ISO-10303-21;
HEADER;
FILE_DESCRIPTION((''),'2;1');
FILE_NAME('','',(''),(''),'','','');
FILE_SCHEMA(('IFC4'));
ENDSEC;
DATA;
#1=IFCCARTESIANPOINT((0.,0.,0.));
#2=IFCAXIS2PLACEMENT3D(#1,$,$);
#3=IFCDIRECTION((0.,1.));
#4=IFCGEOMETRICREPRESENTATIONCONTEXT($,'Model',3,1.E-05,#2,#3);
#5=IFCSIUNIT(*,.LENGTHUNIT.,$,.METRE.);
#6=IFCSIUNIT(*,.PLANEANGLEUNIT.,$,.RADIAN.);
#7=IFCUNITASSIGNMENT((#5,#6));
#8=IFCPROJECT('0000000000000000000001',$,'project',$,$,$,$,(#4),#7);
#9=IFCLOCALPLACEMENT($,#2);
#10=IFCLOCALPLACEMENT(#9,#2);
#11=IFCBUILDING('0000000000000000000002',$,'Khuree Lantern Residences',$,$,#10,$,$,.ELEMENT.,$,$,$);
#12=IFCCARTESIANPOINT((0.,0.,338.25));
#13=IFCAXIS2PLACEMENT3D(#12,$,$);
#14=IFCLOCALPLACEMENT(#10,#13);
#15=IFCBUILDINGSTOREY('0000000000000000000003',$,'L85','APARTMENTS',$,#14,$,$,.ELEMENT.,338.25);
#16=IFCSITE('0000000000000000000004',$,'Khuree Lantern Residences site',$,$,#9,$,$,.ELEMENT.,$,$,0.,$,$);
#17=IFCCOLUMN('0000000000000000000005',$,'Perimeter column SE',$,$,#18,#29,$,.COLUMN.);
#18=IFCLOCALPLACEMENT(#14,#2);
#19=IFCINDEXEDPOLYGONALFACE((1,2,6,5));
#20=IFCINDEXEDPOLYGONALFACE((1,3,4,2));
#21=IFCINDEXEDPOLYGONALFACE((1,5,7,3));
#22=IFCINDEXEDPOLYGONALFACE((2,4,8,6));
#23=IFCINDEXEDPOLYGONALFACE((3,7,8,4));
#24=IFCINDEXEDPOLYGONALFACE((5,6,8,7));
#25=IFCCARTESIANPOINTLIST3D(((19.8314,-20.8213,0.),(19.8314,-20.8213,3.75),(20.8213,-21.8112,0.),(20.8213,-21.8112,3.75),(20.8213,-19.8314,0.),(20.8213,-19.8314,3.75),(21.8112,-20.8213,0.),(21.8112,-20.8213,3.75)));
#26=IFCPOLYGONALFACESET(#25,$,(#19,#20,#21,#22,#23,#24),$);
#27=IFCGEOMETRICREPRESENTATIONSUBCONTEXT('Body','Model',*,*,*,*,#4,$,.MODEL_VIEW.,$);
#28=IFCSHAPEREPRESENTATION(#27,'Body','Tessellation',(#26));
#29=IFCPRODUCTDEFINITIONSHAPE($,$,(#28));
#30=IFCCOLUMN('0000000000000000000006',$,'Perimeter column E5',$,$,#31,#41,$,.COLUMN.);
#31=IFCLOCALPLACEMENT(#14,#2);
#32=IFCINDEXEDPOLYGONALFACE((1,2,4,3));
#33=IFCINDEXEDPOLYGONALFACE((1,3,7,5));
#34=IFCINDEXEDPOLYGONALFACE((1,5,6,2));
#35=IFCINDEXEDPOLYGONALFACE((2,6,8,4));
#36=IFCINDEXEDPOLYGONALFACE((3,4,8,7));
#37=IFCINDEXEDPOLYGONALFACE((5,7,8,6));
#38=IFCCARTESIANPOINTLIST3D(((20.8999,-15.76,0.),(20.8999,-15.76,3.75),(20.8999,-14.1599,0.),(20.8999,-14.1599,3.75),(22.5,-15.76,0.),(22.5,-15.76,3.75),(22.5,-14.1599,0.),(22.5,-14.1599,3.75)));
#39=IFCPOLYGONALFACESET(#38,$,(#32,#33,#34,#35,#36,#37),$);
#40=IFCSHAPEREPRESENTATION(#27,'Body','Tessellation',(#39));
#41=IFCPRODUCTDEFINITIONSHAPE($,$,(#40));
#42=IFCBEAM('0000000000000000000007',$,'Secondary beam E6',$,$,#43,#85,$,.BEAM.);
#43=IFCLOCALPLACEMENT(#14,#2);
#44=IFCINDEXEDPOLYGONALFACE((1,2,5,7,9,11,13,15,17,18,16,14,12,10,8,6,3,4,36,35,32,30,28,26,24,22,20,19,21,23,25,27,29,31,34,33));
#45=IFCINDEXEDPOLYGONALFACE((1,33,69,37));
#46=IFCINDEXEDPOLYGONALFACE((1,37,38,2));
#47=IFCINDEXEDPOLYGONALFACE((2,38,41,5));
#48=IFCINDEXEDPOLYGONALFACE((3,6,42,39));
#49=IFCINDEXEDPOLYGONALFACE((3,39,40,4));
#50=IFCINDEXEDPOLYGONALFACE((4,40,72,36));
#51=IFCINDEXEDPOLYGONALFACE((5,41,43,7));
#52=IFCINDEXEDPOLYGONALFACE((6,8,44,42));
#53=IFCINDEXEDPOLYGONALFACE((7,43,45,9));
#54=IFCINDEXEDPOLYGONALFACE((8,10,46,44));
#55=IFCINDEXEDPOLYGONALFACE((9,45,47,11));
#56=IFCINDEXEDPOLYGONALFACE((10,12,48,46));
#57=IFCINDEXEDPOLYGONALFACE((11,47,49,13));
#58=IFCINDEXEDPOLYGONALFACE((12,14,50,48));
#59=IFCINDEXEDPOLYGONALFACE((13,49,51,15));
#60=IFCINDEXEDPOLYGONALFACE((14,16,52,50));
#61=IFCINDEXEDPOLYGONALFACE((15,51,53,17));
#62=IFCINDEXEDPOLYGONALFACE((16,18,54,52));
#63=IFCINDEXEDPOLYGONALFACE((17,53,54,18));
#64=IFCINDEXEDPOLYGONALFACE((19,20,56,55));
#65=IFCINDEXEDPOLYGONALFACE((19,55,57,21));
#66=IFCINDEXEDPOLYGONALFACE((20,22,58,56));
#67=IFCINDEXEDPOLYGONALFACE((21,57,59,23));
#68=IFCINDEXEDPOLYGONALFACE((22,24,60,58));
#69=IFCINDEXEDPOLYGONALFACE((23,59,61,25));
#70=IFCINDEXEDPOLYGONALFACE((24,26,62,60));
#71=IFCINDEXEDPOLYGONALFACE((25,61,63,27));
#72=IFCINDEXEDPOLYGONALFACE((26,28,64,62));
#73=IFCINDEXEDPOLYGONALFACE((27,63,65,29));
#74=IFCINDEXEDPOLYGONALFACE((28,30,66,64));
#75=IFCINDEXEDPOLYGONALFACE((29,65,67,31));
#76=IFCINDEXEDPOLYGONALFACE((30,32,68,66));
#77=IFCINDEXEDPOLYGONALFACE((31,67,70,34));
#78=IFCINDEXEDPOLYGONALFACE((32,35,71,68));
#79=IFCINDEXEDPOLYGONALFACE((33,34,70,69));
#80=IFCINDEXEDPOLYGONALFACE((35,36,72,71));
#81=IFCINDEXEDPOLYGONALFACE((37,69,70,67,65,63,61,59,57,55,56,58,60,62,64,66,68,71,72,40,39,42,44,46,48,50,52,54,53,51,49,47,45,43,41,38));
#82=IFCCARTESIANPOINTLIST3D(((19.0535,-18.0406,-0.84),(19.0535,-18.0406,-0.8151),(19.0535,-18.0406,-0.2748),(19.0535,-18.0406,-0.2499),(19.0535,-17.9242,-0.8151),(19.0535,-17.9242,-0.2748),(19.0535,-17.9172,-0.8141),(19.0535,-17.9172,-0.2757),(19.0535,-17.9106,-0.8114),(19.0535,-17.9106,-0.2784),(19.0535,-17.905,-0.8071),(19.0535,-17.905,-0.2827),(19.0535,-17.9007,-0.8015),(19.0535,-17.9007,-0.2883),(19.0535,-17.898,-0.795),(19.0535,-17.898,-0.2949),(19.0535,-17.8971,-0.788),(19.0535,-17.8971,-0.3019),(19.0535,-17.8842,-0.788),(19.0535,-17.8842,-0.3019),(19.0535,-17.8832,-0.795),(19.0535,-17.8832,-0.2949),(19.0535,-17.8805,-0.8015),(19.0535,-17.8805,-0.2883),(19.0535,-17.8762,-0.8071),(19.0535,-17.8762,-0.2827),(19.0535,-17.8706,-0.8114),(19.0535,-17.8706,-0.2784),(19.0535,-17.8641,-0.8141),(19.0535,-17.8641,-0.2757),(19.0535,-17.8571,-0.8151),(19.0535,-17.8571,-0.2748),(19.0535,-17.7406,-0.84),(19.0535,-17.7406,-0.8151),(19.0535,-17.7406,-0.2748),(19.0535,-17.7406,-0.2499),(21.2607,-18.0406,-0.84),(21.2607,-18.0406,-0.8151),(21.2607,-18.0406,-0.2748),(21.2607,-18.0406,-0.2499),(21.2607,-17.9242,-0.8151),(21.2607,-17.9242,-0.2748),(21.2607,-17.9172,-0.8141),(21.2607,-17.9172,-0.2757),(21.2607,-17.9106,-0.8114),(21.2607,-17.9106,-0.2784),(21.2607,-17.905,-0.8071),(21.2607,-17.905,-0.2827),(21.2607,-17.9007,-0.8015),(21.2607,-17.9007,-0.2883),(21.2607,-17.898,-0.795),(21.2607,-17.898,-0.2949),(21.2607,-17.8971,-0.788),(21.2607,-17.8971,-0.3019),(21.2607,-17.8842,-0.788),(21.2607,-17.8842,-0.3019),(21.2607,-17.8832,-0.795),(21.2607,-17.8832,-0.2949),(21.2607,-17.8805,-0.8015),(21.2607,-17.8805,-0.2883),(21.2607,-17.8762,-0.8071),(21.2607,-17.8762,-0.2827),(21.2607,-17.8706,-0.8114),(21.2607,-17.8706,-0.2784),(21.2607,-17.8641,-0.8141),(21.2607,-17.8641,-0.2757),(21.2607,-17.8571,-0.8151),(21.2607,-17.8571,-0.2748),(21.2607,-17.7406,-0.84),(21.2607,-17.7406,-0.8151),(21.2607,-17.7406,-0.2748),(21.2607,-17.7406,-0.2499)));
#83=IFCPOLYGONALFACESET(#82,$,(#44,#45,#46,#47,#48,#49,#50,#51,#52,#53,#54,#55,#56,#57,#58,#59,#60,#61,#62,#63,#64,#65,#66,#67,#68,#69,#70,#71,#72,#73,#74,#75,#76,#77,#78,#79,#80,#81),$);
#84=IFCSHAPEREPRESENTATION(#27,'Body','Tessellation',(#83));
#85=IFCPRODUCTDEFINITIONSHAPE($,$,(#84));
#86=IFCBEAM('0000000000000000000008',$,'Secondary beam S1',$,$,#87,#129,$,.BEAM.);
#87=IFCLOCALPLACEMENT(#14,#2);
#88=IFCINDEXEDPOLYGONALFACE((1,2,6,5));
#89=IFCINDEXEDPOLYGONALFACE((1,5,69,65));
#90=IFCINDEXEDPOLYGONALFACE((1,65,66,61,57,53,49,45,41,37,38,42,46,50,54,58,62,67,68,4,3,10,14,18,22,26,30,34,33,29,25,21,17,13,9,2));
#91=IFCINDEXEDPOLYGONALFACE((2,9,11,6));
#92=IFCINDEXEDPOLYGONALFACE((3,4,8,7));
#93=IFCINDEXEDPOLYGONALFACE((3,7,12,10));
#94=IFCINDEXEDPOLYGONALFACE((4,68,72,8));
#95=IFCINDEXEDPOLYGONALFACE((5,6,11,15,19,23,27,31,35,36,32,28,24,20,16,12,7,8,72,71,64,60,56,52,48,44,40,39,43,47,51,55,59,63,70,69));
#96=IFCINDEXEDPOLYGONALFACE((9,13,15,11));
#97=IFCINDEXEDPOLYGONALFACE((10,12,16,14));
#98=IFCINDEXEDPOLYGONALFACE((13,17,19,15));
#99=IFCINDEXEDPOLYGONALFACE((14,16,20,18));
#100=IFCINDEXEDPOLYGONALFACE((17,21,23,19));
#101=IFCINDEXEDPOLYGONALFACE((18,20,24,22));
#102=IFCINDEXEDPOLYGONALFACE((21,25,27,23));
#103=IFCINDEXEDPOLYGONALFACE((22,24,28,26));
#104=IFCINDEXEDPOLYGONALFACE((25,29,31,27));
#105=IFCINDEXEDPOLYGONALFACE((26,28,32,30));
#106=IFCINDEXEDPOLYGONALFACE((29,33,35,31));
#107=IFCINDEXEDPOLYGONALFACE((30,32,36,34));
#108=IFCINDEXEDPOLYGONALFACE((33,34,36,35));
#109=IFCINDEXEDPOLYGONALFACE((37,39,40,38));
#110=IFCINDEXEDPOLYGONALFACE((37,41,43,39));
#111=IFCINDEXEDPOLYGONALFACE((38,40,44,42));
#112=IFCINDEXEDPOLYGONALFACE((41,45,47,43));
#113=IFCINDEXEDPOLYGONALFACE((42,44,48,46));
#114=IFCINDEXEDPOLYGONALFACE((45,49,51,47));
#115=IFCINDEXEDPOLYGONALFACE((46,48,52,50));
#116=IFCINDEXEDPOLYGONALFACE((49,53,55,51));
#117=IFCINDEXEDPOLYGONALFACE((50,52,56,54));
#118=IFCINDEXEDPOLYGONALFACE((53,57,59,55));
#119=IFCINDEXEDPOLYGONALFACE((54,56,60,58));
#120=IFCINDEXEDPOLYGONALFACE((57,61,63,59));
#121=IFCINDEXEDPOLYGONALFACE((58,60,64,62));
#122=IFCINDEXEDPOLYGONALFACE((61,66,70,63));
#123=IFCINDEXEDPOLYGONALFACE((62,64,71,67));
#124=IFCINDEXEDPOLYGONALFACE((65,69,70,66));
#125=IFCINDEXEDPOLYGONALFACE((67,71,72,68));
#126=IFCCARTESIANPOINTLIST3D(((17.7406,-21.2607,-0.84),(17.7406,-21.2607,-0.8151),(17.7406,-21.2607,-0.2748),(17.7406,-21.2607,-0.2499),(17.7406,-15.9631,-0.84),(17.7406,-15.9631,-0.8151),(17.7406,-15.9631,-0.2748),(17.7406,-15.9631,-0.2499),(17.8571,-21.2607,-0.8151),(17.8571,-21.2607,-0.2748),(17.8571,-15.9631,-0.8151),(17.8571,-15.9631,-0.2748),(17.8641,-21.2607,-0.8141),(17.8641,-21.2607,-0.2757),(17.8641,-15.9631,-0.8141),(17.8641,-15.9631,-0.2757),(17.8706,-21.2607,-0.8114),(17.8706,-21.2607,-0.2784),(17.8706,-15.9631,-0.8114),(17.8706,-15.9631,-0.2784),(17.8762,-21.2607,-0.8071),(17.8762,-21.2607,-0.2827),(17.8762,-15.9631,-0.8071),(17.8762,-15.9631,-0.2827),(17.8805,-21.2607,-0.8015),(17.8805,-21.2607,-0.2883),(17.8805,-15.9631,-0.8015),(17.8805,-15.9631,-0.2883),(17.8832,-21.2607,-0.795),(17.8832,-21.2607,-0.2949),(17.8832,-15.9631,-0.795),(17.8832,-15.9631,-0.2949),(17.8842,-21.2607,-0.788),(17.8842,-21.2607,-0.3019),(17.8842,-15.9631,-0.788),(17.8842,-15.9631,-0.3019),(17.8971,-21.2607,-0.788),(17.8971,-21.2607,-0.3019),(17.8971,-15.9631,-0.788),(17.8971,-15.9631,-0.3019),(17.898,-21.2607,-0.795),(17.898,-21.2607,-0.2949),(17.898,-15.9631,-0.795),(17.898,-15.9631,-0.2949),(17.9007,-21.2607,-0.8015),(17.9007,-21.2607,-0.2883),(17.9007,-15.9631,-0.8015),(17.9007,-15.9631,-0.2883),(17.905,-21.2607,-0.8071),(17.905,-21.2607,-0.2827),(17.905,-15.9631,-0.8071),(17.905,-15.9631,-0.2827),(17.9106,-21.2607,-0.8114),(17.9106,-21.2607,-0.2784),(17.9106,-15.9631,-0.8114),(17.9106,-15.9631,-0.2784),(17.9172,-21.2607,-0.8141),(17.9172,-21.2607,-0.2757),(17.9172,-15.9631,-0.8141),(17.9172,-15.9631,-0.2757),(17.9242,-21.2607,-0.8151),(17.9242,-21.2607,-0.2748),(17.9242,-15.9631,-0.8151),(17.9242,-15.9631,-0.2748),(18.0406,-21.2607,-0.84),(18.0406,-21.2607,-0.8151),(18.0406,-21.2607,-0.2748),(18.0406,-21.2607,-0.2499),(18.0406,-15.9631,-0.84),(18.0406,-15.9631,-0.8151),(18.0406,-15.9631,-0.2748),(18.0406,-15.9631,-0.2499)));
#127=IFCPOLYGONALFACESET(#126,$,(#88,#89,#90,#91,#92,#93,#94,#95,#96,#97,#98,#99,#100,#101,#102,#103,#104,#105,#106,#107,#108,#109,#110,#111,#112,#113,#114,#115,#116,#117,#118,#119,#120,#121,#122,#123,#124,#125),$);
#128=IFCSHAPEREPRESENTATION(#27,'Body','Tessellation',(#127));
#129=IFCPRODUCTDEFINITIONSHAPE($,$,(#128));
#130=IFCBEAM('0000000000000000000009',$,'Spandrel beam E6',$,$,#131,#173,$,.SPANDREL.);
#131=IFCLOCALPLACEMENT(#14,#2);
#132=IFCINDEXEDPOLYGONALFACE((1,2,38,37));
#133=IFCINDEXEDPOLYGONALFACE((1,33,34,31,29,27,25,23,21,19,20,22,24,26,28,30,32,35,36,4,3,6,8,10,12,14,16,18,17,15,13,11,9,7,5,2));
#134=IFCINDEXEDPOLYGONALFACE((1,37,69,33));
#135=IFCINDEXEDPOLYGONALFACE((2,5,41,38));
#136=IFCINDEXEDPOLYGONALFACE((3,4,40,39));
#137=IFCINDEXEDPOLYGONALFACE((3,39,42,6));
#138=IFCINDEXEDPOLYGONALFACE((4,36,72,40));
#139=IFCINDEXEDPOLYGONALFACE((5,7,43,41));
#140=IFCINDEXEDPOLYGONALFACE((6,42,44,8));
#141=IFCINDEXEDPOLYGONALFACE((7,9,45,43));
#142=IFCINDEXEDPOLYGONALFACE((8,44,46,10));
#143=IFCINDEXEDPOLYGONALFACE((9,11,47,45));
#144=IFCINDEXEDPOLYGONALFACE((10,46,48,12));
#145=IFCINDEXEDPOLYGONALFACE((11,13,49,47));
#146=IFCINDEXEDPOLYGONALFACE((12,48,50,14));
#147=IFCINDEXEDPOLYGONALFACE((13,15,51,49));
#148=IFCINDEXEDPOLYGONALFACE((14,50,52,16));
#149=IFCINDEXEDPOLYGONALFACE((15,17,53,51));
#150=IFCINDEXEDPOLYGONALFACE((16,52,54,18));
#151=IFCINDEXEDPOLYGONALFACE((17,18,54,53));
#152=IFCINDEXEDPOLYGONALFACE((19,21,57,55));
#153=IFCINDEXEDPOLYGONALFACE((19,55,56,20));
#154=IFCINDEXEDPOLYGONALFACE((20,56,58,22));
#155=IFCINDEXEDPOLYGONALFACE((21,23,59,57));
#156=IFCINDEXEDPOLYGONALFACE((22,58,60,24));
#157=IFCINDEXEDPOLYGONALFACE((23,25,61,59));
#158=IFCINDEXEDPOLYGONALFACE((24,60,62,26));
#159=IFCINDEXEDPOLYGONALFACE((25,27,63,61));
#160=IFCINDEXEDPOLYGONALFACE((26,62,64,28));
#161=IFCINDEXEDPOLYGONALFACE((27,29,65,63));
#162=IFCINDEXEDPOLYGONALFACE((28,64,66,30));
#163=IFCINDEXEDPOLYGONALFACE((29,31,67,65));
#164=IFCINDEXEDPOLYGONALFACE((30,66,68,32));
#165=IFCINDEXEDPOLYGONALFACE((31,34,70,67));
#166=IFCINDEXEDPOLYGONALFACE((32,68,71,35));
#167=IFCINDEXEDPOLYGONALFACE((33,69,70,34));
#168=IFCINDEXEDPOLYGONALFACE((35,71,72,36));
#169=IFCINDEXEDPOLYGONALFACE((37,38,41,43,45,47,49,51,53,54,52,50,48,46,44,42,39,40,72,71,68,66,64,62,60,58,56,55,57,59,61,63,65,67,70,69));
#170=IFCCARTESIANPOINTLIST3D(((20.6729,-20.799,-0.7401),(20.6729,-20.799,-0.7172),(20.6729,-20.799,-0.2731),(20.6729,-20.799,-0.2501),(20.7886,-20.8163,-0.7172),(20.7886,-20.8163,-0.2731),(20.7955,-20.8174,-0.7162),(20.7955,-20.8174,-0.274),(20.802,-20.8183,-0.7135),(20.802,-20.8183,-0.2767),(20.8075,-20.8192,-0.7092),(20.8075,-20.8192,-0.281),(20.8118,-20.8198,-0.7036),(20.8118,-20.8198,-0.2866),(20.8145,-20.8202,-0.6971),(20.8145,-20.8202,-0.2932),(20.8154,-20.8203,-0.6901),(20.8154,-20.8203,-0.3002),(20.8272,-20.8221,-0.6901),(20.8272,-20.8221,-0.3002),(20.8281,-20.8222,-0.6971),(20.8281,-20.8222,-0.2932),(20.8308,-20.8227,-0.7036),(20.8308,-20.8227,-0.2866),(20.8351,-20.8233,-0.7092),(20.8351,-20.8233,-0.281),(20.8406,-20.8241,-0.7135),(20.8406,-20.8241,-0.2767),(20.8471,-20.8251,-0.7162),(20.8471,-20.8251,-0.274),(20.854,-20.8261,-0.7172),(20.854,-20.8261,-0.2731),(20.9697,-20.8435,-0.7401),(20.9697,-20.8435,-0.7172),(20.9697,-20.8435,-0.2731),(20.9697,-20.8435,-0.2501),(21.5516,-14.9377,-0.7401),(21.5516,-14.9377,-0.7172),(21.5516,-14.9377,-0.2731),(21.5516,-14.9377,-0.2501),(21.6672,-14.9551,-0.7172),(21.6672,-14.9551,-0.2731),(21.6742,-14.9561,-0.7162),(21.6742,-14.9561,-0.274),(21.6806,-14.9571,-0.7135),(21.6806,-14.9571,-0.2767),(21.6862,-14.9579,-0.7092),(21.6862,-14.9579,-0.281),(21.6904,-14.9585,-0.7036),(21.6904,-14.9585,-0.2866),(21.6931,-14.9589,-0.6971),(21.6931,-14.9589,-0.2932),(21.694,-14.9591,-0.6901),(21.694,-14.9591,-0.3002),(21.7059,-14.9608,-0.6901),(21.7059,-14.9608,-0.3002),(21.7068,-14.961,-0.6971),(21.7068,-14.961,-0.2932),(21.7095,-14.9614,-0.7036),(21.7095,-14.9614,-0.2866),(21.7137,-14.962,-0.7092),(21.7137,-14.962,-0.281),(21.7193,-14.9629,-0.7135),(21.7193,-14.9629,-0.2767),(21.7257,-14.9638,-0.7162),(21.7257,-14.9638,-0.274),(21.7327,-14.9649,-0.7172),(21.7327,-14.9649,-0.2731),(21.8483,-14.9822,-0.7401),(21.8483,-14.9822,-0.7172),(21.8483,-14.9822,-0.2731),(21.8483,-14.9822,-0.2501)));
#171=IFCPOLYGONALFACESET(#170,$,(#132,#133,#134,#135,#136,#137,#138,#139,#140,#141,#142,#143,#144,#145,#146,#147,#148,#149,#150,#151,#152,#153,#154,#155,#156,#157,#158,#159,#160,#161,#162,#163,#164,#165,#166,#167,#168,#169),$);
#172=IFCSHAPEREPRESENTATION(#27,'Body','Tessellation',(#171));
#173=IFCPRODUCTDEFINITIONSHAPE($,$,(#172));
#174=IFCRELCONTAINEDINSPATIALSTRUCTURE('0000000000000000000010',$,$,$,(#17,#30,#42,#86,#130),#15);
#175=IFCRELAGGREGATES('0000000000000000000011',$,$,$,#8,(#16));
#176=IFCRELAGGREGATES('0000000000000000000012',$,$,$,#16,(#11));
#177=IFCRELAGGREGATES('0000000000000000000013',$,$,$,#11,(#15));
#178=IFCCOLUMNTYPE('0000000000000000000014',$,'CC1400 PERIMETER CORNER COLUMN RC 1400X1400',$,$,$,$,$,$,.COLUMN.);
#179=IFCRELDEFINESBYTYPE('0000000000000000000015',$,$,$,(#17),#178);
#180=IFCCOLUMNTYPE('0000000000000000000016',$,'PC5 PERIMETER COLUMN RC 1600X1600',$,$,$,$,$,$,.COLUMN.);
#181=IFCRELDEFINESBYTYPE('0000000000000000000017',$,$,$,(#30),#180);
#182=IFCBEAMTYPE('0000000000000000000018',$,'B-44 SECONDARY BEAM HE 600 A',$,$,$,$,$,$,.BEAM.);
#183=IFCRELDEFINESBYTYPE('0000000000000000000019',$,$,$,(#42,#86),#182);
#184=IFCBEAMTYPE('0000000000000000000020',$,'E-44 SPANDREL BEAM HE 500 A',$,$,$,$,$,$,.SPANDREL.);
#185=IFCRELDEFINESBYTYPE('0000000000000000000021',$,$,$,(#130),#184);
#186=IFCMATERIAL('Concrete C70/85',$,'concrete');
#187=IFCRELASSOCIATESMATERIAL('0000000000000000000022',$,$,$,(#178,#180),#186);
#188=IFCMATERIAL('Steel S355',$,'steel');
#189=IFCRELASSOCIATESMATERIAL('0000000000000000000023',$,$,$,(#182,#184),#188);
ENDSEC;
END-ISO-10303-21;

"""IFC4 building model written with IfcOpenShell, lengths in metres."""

from ifc_helpers import new_model, si_unit, direction, frame, origin, origin_2d, place, context, subcontext, project, spatial, rectangle, i_section, extrude, material, material_profile, profile_set, type_object, element, save


model = new_model("IFC4")

# Units and contexts
model_context = context("Model", 3, precision=1e-05, world=origin(), true_north=direction((0.0, 1.0)))
body_context = subcontext(model_context, "Body", "Model", "MODEL_VIEW")
ifc_project = project(units=[si_unit("LENGTHUNIT", "METRE"), si_unit("PLANEANGLEUNIT", "RADIAN")], contexts=[model_context])

# Site, building, storey
site_placement = place(None, origin())
site = spatial("IfcSite", under=ifc_project, at=site_placement, Name="Khuree Lantern Residences site", CompositionType="ELEMENT", RefElevation=0.0)
building_placement = place(site_placement, origin())
building = spatial("IfcBuilding", under=site, at=building_placement, Name="Khuree Lantern Residences", CompositionType="ELEMENT")
storey_placement = place(building_placement, frame((0.0, 0.0, 338.25)))
storey = spatial("IfcBuildingStorey", under=building, at=storey_placement, Name="L85", Description="APARTMENTS", CompositionType="ELEMENT", Elevation=338.25)

# Columns
ifc_material_1 = material(Name="Concrete C70/85", Category="concrete")
ifc_material_profile_1 = material_profile(ifc_material_1, rectangle(XDim=1.3999, YDim=1.3999, at=origin_2d()), Name="RC 1400X1400")
ifc_profile_set_1 = profile_set([ifc_material_profile_1], Name="Concrete C70/85")
column_type_1 = type_object("IfcColumnType", Name="CC1400 PERIMETER CORNER COLUMN RC 1400X1400", PredefinedType="COLUMN", material=ifc_profile_set_1)
column_1_placement = place(storey_placement, frame((20.8213, -20.8213, 0.0), z_axis=(0.0, 0.0, 1.0), x_axis=(0.707107, 0.707107, 0.0)))
element("IfcColumn", 1, at=column_1_placement, inside=storey, type_object=column_type_1, Name="Perimeter column SE", PredefinedType="COLUMN", context=body_context, shape_type="SweptSolid", body=[
    extrude(rectangle(XDim=1.3999, YDim=1.3999, at=origin_2d()), origin(), (0.0, 0.0, 1.0), 3.75),
])
ifc_material_profile_2 = material_profile(ifc_material_1, rectangle(XDim=1.6001, YDim=1.6001, at=origin_2d()), Name="RC 1600X1600")
ifc_profile_set_2 = profile_set([ifc_material_profile_2], Name="Concrete C70/85")
column_type_2 = type_object("IfcColumnType", Name="PC5 PERIMETER COLUMN RC 1600X1600", PredefinedType="COLUMN", material=ifc_profile_set_2)
column_2_placement = place(storey_placement, frame((21.7, -14.96, 0.0), z_axis=(0.0, 0.0, 1.0), x_axis=(0.0, 1.0, 0.0)))
element("IfcColumn", 2, at=column_2_placement, inside=storey, type_object=column_type_2, Name="Perimeter column E5", PredefinedType="COLUMN", context=body_context, shape_type="SweptSolid", body=[
    extrude(rectangle(XDim=1.6001, YDim=1.6001, at=origin_2d()), origin(), (0.0, 0.0, 1.0), 3.75),
])

# Beams
ifc_material_2 = material(Name="Steel S355", Category="steel")
ifc_material_profile_3 = material_profile(ifc_material_2, i_section(OverallWidth=0.3, OverallDepth=0.5901, WebThickness=0.0129, FlangeThickness=0.0249, FilletRadius=0.0271, at=origin_2d()), Name="HE 600 A")
ifc_profile_set_3 = profile_set([ifc_material_profile_3], Name="Steel S355")
beam_type_1 = type_object("IfcBeamType", Name="B-44 SECONDARY BEAM HE 600 A", PredefinedType="BEAM", material=ifc_profile_set_3)
beam_1_placement = place(storey_placement, frame((21.2607, -17.8906, -0.5449), z_axis=(-1.0, 0.0, 0.0), x_axis=(0.0, -1.0, 0.0)))
element("IfcBeam", 3, at=beam_1_placement, inside=storey, type_object=beam_type_1, Name="Secondary beam E6", PredefinedType="BEAM", context=body_context, shape_type="SweptSolid", body=[
    extrude(i_section(OverallWidth=0.3, OverallDepth=0.5901, WebThickness=0.0129, FlangeThickness=0.0249, FilletRadius=0.0271, at=origin_2d()), origin(), (0.0, 0.0, 1.0), 2.2073),
])
beam_2_placement = place(storey_placement, frame((17.8906, -21.2607, -0.5449), z_axis=(0.0, 1.0, 0.0), x_axis=(-1.0, 0.0, 0.0)))
element("IfcBeam", 4, at=beam_2_placement, inside=storey, type_object=beam_type_1, Name="Secondary beam S1", PredefinedType="BEAM", context=body_context, shape_type="SweptSolid", body=[
    extrude(i_section(OverallWidth=0.3, OverallDepth=0.5901, WebThickness=0.0129, FlangeThickness=0.0249, FilletRadius=0.0271, at=origin_2d()), origin(), (0.0, 0.0, 1.0), 5.2976),
])
ifc_material_profile_4 = material_profile(ifc_material_2, i_section(OverallWidth=0.3, OverallDepth=0.49, WebThickness=0.012, FlangeThickness=0.0229, FilletRadius=0.0271, at=origin_2d()), Name="HE 500 A")
ifc_profile_set_4 = profile_set([ifc_material_profile_4], Name="Steel S355")
beam_type_2 = type_object("IfcBeamType", Name="E-44 SPANDREL BEAM HE 500 A", PredefinedType="SPANDREL", material=ifc_profile_set_4)
for number, where, z_axis, x_axis, name in (
    (5, (21.7, -14.96, -0.4951), (-0.148252, -0.98895, 0.0), (0.98895, -0.148252, 0.0), "Spandrel beam E6"),
):
    element("IfcBeam", number, at=place(storey_placement, frame(where, z_axis=z_axis, x_axis=x_axis)), inside=storey, type_object=beam_type_2, Name=name, PredefinedType="SPANDREL", context=body_context, shape_type="SweptSolid", body=[
        extrude(i_section(OverallWidth=0.3, OverallDepth=0.49, WebThickness=0.012, FlangeThickness=0.0229, FilletRadius=0.0271, at=origin_2d()), origin(), (0.0, 0.0, 1.0), 5.9268),
    ])

save(model, "model.ifc")
